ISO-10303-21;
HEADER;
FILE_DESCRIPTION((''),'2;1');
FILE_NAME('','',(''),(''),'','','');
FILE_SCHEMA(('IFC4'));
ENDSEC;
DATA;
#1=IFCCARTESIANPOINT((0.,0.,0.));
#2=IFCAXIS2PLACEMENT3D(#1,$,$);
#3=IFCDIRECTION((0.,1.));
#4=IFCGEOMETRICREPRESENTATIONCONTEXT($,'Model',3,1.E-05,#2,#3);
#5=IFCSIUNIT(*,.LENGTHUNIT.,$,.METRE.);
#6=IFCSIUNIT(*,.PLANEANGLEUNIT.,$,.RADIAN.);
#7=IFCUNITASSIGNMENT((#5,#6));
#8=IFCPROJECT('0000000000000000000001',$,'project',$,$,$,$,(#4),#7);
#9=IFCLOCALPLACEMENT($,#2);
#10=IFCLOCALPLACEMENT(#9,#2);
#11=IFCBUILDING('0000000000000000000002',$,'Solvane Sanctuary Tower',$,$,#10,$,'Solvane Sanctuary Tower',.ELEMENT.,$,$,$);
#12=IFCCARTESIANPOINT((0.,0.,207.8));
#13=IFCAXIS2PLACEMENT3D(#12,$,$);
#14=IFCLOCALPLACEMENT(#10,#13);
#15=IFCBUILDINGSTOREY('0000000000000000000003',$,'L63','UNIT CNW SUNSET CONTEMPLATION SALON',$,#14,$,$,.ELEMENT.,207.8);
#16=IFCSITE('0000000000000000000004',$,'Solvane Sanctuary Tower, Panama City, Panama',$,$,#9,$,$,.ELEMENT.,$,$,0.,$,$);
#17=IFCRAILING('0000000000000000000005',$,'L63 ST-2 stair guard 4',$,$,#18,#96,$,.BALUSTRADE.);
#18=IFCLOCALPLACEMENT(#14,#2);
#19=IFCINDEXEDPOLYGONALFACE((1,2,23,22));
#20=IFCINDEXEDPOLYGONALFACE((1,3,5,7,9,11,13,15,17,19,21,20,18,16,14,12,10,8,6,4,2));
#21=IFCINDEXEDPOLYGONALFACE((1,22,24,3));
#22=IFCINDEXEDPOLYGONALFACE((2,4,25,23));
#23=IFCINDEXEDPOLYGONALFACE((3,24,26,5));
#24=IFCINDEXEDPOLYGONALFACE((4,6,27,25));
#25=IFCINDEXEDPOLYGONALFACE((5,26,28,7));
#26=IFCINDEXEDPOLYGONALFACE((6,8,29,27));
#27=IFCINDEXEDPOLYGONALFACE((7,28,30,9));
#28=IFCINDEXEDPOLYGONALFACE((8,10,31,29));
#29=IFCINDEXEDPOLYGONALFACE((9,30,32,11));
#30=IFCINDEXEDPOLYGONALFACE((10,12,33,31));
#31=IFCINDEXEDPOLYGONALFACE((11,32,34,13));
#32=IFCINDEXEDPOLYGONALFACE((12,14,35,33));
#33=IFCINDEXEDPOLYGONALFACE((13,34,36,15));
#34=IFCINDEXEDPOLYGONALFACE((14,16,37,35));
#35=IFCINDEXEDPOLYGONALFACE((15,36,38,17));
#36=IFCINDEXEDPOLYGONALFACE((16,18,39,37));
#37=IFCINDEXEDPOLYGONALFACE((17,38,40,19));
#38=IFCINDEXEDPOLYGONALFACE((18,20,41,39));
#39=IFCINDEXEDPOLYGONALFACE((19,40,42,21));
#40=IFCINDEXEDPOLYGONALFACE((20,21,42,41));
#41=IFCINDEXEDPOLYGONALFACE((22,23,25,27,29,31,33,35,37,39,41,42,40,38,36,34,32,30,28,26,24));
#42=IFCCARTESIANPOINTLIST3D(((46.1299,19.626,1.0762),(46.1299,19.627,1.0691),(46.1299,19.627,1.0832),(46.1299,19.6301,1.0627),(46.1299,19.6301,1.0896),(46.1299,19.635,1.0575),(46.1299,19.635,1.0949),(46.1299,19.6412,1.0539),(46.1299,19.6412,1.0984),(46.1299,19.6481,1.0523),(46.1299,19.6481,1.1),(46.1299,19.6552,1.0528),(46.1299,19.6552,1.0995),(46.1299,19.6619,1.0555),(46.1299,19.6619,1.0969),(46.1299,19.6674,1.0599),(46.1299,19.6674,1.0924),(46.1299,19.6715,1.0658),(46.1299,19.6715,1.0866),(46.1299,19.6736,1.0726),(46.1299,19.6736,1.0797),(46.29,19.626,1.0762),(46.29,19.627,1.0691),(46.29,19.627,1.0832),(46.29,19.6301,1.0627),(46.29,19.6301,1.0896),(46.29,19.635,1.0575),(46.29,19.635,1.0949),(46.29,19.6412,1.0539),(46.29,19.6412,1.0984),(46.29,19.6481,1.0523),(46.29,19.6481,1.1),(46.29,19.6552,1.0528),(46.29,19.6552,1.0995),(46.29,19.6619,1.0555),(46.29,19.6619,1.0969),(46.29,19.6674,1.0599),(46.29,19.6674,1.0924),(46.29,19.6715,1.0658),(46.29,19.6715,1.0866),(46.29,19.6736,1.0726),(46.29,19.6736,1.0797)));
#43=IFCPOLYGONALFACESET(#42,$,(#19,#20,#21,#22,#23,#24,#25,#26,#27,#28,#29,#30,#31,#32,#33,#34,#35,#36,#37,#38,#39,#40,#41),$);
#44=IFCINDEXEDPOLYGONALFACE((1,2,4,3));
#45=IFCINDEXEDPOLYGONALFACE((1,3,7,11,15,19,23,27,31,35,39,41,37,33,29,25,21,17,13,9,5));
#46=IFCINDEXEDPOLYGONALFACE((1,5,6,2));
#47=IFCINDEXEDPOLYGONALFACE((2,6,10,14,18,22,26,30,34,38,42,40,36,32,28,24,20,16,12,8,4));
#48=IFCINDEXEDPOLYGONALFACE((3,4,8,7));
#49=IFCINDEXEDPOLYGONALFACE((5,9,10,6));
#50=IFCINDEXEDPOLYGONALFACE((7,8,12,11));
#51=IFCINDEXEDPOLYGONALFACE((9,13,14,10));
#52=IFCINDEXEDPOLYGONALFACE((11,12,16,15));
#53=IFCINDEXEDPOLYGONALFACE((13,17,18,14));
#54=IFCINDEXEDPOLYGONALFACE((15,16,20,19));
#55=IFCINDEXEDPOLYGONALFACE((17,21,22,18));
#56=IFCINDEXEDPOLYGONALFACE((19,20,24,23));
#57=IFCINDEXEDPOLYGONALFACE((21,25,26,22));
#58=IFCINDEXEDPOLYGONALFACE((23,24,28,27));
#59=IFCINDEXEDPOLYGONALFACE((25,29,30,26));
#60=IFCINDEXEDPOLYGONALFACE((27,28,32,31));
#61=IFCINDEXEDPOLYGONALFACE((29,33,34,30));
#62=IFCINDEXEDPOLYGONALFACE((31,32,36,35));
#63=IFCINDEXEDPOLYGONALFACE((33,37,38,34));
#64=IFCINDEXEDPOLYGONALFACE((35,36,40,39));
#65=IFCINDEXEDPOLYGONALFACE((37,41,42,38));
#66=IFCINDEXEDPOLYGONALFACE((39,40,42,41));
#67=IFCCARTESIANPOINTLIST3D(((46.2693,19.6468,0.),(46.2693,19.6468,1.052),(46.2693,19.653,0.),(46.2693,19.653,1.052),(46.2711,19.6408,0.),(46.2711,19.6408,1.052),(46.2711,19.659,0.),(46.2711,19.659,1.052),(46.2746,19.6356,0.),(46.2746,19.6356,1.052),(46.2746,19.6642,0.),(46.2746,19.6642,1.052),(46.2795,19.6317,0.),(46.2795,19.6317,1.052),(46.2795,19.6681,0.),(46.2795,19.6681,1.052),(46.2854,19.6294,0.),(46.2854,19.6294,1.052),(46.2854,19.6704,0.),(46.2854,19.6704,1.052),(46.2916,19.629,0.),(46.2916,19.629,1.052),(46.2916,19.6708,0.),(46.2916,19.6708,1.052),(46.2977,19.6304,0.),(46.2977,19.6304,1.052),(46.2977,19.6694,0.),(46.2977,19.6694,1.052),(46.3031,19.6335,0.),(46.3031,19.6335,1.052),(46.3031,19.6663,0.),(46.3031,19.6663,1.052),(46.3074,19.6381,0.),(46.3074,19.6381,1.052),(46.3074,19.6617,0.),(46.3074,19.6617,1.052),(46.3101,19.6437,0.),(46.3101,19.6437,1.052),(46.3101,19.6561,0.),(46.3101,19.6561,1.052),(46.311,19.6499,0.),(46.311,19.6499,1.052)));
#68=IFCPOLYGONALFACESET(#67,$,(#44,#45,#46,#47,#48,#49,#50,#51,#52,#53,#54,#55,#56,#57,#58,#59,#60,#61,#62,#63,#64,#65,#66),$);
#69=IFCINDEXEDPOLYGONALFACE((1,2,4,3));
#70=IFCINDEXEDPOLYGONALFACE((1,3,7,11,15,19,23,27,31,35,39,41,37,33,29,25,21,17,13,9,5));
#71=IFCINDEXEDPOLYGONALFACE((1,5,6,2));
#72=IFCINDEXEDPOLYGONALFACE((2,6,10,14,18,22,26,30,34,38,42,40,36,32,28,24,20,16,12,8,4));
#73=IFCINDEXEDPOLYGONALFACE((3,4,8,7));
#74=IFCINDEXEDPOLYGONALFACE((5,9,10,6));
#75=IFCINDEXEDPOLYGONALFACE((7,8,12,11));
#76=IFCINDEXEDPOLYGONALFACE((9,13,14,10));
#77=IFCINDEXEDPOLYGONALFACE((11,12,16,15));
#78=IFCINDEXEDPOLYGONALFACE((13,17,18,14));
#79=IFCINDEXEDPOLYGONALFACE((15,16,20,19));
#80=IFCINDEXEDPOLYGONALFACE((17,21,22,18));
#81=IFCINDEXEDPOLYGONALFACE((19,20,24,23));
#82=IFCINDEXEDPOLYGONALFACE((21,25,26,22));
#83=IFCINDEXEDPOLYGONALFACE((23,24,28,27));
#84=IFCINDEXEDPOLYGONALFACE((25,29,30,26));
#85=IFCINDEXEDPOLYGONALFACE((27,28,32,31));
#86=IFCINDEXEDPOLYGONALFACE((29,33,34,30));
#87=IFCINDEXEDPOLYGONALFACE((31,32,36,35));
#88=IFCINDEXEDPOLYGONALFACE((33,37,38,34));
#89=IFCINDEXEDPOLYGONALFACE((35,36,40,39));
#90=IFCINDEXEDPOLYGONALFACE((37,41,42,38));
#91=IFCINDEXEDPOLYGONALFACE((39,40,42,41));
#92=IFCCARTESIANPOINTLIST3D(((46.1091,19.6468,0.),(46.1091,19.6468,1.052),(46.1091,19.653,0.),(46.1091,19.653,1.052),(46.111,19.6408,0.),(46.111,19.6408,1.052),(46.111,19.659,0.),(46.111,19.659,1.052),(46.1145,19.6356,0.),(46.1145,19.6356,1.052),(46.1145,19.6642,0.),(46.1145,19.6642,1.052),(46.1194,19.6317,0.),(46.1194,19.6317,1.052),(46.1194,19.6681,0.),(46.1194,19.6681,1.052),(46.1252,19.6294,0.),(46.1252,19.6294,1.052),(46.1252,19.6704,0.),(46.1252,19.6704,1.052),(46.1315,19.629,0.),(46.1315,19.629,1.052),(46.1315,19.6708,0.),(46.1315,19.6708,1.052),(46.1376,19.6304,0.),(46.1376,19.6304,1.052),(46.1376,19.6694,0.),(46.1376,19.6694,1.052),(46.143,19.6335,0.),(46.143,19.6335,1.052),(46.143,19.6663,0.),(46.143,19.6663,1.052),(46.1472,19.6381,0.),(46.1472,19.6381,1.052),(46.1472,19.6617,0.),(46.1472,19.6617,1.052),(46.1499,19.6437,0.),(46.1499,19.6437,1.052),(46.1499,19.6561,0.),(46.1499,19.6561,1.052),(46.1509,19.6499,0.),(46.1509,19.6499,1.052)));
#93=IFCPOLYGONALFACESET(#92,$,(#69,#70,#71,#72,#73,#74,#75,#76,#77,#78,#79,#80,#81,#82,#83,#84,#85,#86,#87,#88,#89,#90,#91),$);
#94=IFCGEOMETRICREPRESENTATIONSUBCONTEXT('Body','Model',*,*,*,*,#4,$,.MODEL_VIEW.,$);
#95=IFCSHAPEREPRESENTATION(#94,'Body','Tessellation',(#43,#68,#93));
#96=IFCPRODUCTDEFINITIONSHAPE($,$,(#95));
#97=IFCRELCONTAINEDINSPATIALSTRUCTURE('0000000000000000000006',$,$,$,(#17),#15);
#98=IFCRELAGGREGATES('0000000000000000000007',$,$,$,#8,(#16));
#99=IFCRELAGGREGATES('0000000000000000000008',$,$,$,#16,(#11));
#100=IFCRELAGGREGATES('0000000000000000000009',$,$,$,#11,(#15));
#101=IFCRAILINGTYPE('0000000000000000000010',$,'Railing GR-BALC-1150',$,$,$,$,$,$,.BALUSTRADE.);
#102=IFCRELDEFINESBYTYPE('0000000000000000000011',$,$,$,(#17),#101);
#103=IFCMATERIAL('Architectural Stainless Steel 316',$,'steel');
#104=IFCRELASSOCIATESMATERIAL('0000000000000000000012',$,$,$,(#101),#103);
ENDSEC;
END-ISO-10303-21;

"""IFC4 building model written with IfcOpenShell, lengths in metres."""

from ifc_helpers import new_model, si_unit, direction, frame, origin, origin_2d, place, context, subcontext, project, spatial, circle, extrude, material, type_object, element, save


model = new_model("IFC4")

# Units and contexts
model_context = context("Model", 3, precision=1e-05, world=origin(), true_north=direction((0.0, 1.0)))
body_context = subcontext(model_context, "Body", "Model", "MODEL_VIEW")
ifc_project = project(units=[si_unit("LENGTHUNIT", "METRE"), si_unit("PLANEANGLEUNIT", "RADIAN")], contexts=[model_context])

# Site, building, storey
site_placement = place(None, origin())
site = spatial("IfcSite", under=ifc_project, at=site_placement, Name="Solvane Sanctuary Tower, Panama City, Panama", CompositionType="ELEMENT", RefElevation=0.0)
building_placement = place(site_placement, origin())
building = spatial("IfcBuilding", under=site, at=building_placement, Name="Solvane Sanctuary Tower", LongName="Solvane Sanctuary Tower", CompositionType="ELEMENT")
storey_placement = place(building_placement, frame((0.0, 0.0, 207.8)))
storey = spatial("IfcBuildingStorey", under=building, at=storey_placement, Name="L63", Description="UNIT CNW SUNSET CONTEMPLATION SALON", CompositionType="ELEMENT", Elevation=207.8)

# Shared definitions
ifc_material_1 = material(Name="Architectural Stainless Steel 316", Category="steel")

# Railing
railing_type_1 = type_object("IfcRailingType", Name="Railing GR-BALC-1150", PredefinedType="BALUSTRADE", material=ifc_material_1)
railing_1_placement = place(storey_placement, frame((46.29, 19.6499, 0.0)))
element("IfcRailing", 1, at=railing_1_placement, inside=storey, type_object=railing_type_1, Name="L63 ST-2 stair guard 4", PredefinedType="BALUSTRADE", context=body_context, shape_type="SweptSolid", body=[
    extrude(circle(Radius=0.0239, at=origin_2d()), frame((0.0, 0.0, 1.0762), z_axis=(-1.0, 0.0, 0.0), x_axis=(0.0, -1.0, 0.0)), (0.0, 0.0, 1.0), 0.1602),
    extrude(circle(Radius=0.021, at=origin_2d()), origin(), (0.0, 0.0, 1.0), 1.052),
    extrude(circle(Radius=0.021, at=origin_2d()), frame((-0.1602, 0.0, 0.0)), (0.0, 0.0, 1.0), 1.052),
])

save(model, "model.ifc")
